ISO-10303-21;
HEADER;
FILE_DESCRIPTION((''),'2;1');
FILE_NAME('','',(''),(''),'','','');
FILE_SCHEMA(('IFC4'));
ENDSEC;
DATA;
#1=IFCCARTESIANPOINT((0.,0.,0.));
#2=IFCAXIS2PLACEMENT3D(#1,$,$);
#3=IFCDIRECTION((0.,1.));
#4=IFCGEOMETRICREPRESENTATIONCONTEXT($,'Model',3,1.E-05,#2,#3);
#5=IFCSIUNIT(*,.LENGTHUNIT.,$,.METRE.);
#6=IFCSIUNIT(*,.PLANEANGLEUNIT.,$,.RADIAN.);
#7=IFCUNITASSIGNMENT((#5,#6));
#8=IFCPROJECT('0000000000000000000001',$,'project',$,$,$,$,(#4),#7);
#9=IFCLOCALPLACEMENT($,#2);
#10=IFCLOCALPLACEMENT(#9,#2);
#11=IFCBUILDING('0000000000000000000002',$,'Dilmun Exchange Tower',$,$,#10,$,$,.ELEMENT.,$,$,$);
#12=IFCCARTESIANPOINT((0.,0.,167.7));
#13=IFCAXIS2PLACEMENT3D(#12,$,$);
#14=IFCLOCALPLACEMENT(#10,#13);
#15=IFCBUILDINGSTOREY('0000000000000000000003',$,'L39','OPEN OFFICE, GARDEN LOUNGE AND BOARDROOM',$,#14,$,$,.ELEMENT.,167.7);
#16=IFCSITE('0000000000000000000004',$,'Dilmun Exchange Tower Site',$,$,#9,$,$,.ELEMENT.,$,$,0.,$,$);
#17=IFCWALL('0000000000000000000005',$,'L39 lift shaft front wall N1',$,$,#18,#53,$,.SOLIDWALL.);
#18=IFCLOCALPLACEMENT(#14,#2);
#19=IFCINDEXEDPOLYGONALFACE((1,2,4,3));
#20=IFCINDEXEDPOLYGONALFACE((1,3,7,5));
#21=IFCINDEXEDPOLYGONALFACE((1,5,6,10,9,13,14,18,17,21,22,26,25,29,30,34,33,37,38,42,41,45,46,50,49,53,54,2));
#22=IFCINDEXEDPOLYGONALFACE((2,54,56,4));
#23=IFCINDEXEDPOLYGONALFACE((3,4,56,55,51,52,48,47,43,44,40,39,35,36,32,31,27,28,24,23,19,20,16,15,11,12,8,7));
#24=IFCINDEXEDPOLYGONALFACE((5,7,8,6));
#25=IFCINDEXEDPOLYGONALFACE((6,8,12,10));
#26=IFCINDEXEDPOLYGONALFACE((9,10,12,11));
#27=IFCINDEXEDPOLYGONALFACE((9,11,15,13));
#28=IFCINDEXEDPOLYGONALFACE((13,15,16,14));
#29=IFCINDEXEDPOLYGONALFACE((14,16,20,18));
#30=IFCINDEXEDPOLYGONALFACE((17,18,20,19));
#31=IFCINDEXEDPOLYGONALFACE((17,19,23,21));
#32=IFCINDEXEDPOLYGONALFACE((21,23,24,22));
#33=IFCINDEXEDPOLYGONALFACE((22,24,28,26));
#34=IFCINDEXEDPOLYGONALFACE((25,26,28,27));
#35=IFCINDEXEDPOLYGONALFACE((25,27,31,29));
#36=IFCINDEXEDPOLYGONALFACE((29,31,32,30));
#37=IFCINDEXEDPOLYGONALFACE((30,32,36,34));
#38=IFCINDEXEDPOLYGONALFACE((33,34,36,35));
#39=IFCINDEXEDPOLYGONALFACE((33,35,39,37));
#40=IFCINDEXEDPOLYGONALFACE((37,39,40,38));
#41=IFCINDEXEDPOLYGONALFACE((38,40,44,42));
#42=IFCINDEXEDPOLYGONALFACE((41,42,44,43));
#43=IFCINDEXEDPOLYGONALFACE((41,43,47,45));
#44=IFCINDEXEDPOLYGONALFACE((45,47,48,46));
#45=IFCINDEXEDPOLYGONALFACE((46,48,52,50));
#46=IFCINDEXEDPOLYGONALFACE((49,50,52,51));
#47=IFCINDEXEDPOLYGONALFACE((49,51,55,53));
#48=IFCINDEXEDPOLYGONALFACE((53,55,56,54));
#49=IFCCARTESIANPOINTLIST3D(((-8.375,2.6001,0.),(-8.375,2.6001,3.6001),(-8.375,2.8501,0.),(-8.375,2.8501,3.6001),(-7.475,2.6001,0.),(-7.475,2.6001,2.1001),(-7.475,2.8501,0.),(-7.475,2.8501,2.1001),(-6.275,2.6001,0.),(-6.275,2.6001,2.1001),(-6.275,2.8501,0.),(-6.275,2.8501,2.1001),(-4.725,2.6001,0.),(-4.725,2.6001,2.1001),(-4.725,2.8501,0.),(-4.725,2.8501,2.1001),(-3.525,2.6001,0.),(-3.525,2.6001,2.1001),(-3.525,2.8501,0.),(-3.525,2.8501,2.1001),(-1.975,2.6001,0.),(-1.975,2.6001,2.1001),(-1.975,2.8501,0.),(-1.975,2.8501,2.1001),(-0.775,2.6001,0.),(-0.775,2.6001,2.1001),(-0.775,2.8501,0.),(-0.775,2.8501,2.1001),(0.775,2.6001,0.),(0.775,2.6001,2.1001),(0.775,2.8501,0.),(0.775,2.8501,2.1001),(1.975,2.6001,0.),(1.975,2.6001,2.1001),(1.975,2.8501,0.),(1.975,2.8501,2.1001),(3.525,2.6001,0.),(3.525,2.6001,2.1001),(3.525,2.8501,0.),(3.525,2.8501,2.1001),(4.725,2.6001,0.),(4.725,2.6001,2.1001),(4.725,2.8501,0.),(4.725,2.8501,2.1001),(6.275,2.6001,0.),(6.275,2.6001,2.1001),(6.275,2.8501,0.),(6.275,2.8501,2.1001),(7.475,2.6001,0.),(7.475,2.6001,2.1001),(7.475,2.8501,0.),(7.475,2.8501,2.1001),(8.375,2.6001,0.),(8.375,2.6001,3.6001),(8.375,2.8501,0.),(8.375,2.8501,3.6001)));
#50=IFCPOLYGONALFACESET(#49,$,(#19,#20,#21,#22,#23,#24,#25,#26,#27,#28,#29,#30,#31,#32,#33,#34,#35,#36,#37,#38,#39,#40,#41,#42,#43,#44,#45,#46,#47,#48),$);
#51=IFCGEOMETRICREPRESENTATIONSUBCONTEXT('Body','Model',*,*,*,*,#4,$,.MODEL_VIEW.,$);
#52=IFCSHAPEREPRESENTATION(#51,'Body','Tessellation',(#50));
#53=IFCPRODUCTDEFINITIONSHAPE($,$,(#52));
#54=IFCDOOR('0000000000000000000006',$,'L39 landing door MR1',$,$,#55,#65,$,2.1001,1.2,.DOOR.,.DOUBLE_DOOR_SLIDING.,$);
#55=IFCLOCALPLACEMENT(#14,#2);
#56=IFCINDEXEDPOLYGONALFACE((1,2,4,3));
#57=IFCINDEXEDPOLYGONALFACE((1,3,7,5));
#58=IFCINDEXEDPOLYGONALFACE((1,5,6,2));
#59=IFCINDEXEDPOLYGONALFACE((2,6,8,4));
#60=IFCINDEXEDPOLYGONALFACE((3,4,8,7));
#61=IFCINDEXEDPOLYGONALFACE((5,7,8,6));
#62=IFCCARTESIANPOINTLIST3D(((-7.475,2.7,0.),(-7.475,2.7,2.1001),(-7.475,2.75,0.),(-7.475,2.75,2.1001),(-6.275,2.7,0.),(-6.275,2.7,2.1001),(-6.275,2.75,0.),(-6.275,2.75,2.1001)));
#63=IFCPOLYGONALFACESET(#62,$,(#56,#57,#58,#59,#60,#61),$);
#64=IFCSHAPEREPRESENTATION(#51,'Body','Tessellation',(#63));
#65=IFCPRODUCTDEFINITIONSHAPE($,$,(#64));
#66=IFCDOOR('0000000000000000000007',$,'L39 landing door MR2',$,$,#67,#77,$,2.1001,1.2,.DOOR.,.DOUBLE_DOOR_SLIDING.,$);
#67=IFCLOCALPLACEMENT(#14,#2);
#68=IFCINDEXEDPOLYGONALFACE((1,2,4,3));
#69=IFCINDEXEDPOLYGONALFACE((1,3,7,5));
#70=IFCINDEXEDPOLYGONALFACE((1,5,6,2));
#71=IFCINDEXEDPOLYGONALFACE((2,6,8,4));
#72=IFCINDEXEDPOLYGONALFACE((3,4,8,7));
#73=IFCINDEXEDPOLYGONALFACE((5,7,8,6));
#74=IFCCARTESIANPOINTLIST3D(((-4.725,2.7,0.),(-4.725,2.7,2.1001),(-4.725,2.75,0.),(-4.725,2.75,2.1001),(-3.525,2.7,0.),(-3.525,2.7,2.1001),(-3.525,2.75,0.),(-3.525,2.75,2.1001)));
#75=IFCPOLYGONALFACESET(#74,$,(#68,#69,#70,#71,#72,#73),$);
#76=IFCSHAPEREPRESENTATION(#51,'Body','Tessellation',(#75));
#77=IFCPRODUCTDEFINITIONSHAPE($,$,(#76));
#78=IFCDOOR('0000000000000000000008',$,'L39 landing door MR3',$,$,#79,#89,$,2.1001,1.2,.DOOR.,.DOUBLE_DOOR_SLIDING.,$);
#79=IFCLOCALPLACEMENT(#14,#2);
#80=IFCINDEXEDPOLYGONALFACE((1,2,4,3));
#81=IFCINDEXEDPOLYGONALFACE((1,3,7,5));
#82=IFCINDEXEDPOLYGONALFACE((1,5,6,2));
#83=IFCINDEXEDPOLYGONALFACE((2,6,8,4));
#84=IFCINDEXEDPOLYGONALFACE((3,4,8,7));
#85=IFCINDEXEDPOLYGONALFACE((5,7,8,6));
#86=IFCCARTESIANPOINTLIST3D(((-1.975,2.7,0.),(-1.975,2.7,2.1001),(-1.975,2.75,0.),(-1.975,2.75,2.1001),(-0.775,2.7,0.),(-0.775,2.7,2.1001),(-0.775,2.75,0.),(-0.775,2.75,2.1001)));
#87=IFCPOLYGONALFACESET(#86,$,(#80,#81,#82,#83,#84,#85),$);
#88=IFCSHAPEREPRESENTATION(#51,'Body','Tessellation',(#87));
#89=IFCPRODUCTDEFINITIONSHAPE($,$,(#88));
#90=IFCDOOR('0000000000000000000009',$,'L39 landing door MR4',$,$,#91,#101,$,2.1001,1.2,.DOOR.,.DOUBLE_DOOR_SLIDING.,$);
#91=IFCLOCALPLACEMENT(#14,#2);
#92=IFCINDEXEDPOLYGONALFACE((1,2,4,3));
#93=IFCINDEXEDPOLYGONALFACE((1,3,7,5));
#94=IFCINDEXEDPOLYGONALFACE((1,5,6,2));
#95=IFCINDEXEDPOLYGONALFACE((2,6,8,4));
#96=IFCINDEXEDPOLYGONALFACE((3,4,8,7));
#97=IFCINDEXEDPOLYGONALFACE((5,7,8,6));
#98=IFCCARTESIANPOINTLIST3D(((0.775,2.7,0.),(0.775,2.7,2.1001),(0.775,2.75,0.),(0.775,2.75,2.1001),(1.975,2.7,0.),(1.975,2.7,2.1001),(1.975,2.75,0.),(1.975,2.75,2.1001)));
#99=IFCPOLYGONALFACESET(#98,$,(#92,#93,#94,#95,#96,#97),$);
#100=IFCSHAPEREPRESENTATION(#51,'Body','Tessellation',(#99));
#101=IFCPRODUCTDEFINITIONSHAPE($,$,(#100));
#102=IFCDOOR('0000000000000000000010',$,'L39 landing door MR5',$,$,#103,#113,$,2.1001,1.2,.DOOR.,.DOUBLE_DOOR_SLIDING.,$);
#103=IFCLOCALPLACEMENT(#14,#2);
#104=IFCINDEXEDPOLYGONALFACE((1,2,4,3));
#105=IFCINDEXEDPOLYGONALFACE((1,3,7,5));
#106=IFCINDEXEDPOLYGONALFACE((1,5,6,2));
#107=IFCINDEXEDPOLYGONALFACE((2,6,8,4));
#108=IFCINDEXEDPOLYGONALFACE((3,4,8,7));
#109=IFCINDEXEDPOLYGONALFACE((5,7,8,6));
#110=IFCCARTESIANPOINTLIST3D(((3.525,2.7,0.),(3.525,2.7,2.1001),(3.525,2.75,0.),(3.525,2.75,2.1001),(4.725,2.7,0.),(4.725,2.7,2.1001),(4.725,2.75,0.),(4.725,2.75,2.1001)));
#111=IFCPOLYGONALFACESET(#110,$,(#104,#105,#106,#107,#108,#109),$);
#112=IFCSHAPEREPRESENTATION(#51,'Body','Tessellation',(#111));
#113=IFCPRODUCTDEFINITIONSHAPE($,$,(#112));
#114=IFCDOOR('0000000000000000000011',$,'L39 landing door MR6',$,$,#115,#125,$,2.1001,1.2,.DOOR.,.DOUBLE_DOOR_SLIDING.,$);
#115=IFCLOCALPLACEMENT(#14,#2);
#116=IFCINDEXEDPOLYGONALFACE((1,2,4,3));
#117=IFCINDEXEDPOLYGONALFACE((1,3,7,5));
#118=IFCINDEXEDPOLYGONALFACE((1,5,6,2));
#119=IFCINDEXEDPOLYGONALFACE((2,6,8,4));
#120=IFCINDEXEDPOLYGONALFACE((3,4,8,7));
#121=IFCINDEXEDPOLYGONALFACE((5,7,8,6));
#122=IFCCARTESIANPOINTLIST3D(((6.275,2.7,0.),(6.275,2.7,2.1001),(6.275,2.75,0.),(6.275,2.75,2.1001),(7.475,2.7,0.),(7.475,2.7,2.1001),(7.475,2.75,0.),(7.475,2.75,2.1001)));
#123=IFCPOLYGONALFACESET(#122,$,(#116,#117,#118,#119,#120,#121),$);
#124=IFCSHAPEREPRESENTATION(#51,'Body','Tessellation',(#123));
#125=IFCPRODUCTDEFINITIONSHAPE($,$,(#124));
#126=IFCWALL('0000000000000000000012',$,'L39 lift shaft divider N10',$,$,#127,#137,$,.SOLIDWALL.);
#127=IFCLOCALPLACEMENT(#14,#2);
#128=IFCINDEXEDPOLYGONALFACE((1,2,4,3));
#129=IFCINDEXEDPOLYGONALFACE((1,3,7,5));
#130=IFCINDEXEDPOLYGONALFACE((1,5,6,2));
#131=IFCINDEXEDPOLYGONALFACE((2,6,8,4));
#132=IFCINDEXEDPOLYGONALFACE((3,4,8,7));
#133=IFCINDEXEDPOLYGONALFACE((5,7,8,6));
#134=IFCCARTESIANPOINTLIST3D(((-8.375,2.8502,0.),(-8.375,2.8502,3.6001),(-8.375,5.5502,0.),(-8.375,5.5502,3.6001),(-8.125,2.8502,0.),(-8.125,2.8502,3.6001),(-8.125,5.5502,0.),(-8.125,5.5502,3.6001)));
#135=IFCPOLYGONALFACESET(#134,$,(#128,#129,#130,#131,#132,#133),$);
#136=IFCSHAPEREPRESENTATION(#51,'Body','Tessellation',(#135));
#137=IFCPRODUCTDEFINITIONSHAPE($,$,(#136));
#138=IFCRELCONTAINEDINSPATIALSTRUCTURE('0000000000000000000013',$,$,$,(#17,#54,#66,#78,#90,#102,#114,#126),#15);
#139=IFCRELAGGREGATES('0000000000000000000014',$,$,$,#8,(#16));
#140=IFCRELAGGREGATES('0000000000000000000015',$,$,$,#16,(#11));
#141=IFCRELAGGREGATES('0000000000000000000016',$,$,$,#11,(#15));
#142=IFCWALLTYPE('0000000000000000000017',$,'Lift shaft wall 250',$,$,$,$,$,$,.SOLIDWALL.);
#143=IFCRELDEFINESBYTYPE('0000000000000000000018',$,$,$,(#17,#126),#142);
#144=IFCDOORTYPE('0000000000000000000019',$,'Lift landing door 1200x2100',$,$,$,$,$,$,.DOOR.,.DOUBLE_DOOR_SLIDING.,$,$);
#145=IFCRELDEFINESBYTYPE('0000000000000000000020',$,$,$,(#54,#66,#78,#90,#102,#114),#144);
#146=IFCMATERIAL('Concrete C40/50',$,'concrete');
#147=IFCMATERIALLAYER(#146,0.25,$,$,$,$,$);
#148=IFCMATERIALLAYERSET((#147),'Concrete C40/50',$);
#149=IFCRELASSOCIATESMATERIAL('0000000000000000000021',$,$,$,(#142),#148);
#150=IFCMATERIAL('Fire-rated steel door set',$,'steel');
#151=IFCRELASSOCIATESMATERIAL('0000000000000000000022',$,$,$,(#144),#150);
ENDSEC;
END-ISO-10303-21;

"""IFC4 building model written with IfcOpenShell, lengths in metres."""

from ifc_helpers import new_model, si_unit, direction, frame, frame_2d, origin, place, context, subcontext, project, spatial, rectangle, extrude, material, layer, layer_set, type_object, element, fill, save


model = new_model("IFC4")

# Units and contexts
model_context = context("Model", 3, precision=1e-05, world=origin(), true_north=direction((0.0, 1.0)))
body_context = subcontext(model_context, "Body", "Model", "MODEL_VIEW")
ifc_project = project(units=[si_unit("LENGTHUNIT", "METRE"), si_unit("PLANEANGLEUNIT", "RADIAN")], contexts=[model_context])

# Site, building, storey
site_placement = place(None, origin())
site = spatial("IfcSite", under=ifc_project, at=site_placement, Name="Dilmun Exchange Tower Site", CompositionType="ELEMENT", RefElevation=0.0)
building_placement = place(site_placement, origin())
building = spatial("IfcBuilding", under=site, at=building_placement, Name="Dilmun Exchange Tower", CompositionType="ELEMENT")
storey_placement = place(building_placement, frame((0.0, 0.0, 167.7)))
storey = spatial("IfcBuildingStorey", under=building, at=storey_placement, Name="L39", Description="OPEN OFFICE, GARDEN LOUNGE AND BOARDROOM", CompositionType="ELEMENT", Elevation=167.7)

# Shared definitions
ifc_material_1 = material(Name="Concrete C40/50", Category="concrete")

# Shared definitions
ifc_material_2 = material(Name="Fire-rated steel door set", Category="steel")

# Wall, openings, doors
ifc_layer_1 = layer(ifc_material_1, 0.25)
ifc_layer_set_1 = layer_set([ifc_layer_1], Name="Concrete C40/50")
wall_type_1 = type_object("IfcWallType", Name="Lift shaft wall 250", PredefinedType="SOLIDWALL", material=ifc_layer_set_1)
wall_1_placement = place(storey_placement, frame((-8.375, 2.7251, 0.0), z_axis=(0.0, 0.0, 1.0), x_axis=(1.0, 0.0, 0.0)))
wall_1 = element("IfcWall", 1, at=wall_1_placement, inside=storey, type_object=wall_type_1, Name="L39 lift shaft front wall N1", PredefinedType="SOLIDWALL", context=body_context, shape_type="SweptSolid", body=[
    extrude(rectangle(XDim=16.75, YDim=0.25, at=frame_2d((8.375, 0.0))), origin(), (0.0, 0.0, 1.0), 3.6001),
])
opening_1_placement = place(wall_1_placement, frame((0.8999, 0.0, 0.0)))
opening_1 = element("IfcOpeningElement", 2, at=opening_1_placement, cuts=wall_1, PredefinedType="OPENING", context=body_context, shape_type="SweptSolid", body=[
    extrude(rectangle(XDim=1.2, YDim=2.1001, at=frame_2d((0.6001, 1.05))), frame((0.0, 0.135, 0.0), z_axis=(0.0, -1.0, 0.0), x_axis=(1.0, 0.0, 0.0)), (0.0, 0.0, 1.0), 0.27),
])
opening_2_placement = place(wall_1_placement, frame((3.6499, 0.0, 0.0)))
opening_2 = element("IfcOpeningElement", 3, at=opening_2_placement, cuts=wall_1, PredefinedType="OPENING", context=body_context, shape_type="SweptSolid", body=[
    extrude(rectangle(XDim=1.2, YDim=2.1001, at=frame_2d((0.6001, 1.05))), frame((0.0, 0.135, 0.0), z_axis=(0.0, -1.0, 0.0), x_axis=(1.0, 0.0, 0.0)), (0.0, 0.0, 1.0), 0.27),
])
opening_3_placement = place(wall_1_placement, frame((6.3999, 0.0, 0.0)))
opening_3 = element("IfcOpeningElement", 4, at=opening_3_placement, cuts=wall_1, PredefinedType="OPENING", context=body_context, shape_type="SweptSolid", body=[
    extrude(rectangle(XDim=1.2, YDim=2.1001, at=frame_2d((0.6001, 1.05))), frame((0.0, 0.135, 0.0), z_axis=(0.0, -1.0, 0.0), x_axis=(1.0, 0.0, 0.0)), (0.0, 0.0, 1.0), 0.27),
])
opening_4_placement = place(wall_1_placement, frame((9.1499, 0.0, 0.0)))
opening_4 = element("IfcOpeningElement", 5, at=opening_4_placement, cuts=wall_1, PredefinedType="OPENING", context=body_context, shape_type="SweptSolid", body=[
    extrude(rectangle(XDim=1.2, YDim=2.1001, at=frame_2d((0.6001, 1.05))), frame((0.0, 0.135, 0.0), z_axis=(0.0, -1.0, 0.0), x_axis=(1.0, 0.0, 0.0)), (0.0, 0.0, 1.0), 0.27),
])
opening_5_placement = place(wall_1_placement, frame((11.8999, 0.0, 0.0)))
opening_5 = element("IfcOpeningElement", 6, at=opening_5_placement, cuts=wall_1, PredefinedType="OPENING", context=body_context, shape_type="SweptSolid", body=[
    extrude(rectangle(XDim=1.2, YDim=2.1001, at=frame_2d((0.6001, 1.05))), frame((0.0, 0.135, 0.0), z_axis=(0.0, -1.0, 0.0), x_axis=(1.0, 0.0, 0.0)), (0.0, 0.0, 1.0), 0.27),
])
opening_6_placement = place(wall_1_placement, frame((14.6499, 0.0, 0.0)))
opening_6 = element("IfcOpeningElement", 7, at=opening_6_placement, cuts=wall_1, PredefinedType="OPENING", context=body_context, shape_type="SweptSolid", body=[
    extrude(rectangle(XDim=1.2, YDim=2.1001, at=frame_2d((0.6001, 1.05))), frame((0.0, 0.135, 0.0), z_axis=(0.0, -1.0, 0.0), x_axis=(1.0, 0.0, 0.0)), (0.0, 0.0, 1.0), 0.27),
])
door_type_1 = type_object("IfcDoorType", Name="Lift landing door 1200x2100", OperationType="DOUBLE_DOOR_SLIDING", PredefinedType="DOOR", material=ifc_material_2)
door_1_placement = place(opening_1_placement, origin())
door_1 = element("IfcDoor", 8, at=door_1_placement, inside=storey, type_object=door_type_1, Name="L39 landing door MR1", OperationType="DOUBLE_DOOR_SLIDING", OverallHeight=2.1001, OverallWidth=1.2, PredefinedType="DOOR", context=body_context, shape_type="SweptSolid", body=[
    extrude(rectangle(XDim=1.2, YDim=2.1001, at=frame_2d((0.6001, 1.05))), frame((0.0, 0.0249, 0.0), z_axis=(0.0, -1.0, 0.0), x_axis=(1.0, 0.0, 0.0)), (0.0, 0.0, 1.0), 0.05),
])
fill(opening_1, door_1)
door_2_placement = place(opening_2_placement, origin())
door_2 = element("IfcDoor", 9, at=door_2_placement, inside=storey, type_object=door_type_1, Name="L39 landing door MR2", OperationType="DOUBLE_DOOR_SLIDING", OverallHeight=2.1001, OverallWidth=1.2, PredefinedType="DOOR", context=body_context, shape_type="SweptSolid", body=[
    extrude(rectangle(XDim=1.2, YDim=2.1001, at=frame_2d((0.6001, 1.05))), frame((0.0, 0.0249, 0.0), z_axis=(0.0, -1.0, 0.0), x_axis=(1.0, 0.0, 0.0)), (0.0, 0.0, 1.0), 0.05),
])
fill(opening_2, door_2)
door_3_placement = place(opening_3_placement, origin())
door_3 = element("IfcDoor", 10, at=door_3_placement, inside=storey, type_object=door_type_1, Name="L39 landing door MR3", OperationType="DOUBLE_DOOR_SLIDING", OverallHeight=2.1001, OverallWidth=1.2, PredefinedType="DOOR", context=body_context, shape_type="SweptSolid", body=[
    extrude(rectangle(XDim=1.2, YDim=2.1001, at=frame_2d((0.6001, 1.05))), frame((0.0, 0.0249, 0.0), z_axis=(0.0, -1.0, 0.0), x_axis=(1.0, 0.0, 0.0)), (0.0, 0.0, 1.0), 0.05),
])
fill(opening_3, door_3)
door_4_placement = place(opening_4_placement, origin())
door_4 = element("IfcDoor", 11, at=door_4_placement, inside=storey, type_object=door_type_1, Name="L39 landing door MR4", OperationType="DOUBLE_DOOR_SLIDING", OverallHeight=2.1001, OverallWidth=1.2, PredefinedType="DOOR", context=body_context, shape_type="SweptSolid", body=[
    extrude(rectangle(XDim=1.2, YDim=2.1001, at=frame_2d((0.6001, 1.05))), frame((0.0, 0.0249, 0.0), z_axis=(0.0, -1.0, 0.0), x_axis=(1.0, 0.0, 0.0)), (0.0, 0.0, 1.0), 0.05),
])
fill(opening_4, door_4)
door_5_placement = place(opening_5_placement, origin())
door_5 = element("IfcDoor", 12, at=door_5_placement, inside=storey, type_object=door_type_1, Name="L39 landing door MR5", OperationType="DOUBLE_DOOR_SLIDING", OverallHeight=2.1001, OverallWidth=1.2, PredefinedType="DOOR", context=body_context, shape_type="SweptSolid", body=[
    extrude(rectangle(XDim=1.2, YDim=2.1001, at=frame_2d((0.6001, 1.05))), frame((0.0, 0.0249, 0.0), z_axis=(0.0, -1.0, 0.0), x_axis=(1.0, 0.0, 0.0)), (0.0, 0.0, 1.0), 0.05),
])
fill(opening_5, door_5)
door_6_placement = place(opening_6_placement, origin())
door_6 = element("IfcDoor", 13, at=door_6_placement, inside=storey, type_object=door_type_1, Name="L39 landing door MR6", OperationType="DOUBLE_DOOR_SLIDING", OverallHeight=2.1001, OverallWidth=1.2, PredefinedType="DOOR", context=body_context, shape_type="SweptSolid", body=[
    extrude(rectangle(XDim=1.2, YDim=2.1001, at=frame_2d((0.6001, 1.05))), frame((0.0, 0.0249, 0.0), z_axis=(0.0, -1.0, 0.0), x_axis=(1.0, 0.0, 0.0)), (0.0, 0.0, 1.0), 0.05),
])
fill(opening_6, door_6)

# Wall
wall_2_placement = place(storey_placement, frame((-8.25, 2.8501, 0.0), z_axis=(0.0, 0.0, 1.0), x_axis=(0.0, 1.0, 0.0)))
element("IfcWall", 14, at=wall_2_placement, inside=storey, type_object=wall_type_1, Name="L39 lift shaft divider N10", PredefinedType="SOLIDWALL", context=body_context, shape_type="SweptSolid", body=[
    extrude(rectangle(XDim=2.7, YDim=0.25, at=frame_2d((1.3501, 0.0))), origin(), (0.0, 0.0, 1.0), 3.6001),
])

save(model, "model.ifc")
